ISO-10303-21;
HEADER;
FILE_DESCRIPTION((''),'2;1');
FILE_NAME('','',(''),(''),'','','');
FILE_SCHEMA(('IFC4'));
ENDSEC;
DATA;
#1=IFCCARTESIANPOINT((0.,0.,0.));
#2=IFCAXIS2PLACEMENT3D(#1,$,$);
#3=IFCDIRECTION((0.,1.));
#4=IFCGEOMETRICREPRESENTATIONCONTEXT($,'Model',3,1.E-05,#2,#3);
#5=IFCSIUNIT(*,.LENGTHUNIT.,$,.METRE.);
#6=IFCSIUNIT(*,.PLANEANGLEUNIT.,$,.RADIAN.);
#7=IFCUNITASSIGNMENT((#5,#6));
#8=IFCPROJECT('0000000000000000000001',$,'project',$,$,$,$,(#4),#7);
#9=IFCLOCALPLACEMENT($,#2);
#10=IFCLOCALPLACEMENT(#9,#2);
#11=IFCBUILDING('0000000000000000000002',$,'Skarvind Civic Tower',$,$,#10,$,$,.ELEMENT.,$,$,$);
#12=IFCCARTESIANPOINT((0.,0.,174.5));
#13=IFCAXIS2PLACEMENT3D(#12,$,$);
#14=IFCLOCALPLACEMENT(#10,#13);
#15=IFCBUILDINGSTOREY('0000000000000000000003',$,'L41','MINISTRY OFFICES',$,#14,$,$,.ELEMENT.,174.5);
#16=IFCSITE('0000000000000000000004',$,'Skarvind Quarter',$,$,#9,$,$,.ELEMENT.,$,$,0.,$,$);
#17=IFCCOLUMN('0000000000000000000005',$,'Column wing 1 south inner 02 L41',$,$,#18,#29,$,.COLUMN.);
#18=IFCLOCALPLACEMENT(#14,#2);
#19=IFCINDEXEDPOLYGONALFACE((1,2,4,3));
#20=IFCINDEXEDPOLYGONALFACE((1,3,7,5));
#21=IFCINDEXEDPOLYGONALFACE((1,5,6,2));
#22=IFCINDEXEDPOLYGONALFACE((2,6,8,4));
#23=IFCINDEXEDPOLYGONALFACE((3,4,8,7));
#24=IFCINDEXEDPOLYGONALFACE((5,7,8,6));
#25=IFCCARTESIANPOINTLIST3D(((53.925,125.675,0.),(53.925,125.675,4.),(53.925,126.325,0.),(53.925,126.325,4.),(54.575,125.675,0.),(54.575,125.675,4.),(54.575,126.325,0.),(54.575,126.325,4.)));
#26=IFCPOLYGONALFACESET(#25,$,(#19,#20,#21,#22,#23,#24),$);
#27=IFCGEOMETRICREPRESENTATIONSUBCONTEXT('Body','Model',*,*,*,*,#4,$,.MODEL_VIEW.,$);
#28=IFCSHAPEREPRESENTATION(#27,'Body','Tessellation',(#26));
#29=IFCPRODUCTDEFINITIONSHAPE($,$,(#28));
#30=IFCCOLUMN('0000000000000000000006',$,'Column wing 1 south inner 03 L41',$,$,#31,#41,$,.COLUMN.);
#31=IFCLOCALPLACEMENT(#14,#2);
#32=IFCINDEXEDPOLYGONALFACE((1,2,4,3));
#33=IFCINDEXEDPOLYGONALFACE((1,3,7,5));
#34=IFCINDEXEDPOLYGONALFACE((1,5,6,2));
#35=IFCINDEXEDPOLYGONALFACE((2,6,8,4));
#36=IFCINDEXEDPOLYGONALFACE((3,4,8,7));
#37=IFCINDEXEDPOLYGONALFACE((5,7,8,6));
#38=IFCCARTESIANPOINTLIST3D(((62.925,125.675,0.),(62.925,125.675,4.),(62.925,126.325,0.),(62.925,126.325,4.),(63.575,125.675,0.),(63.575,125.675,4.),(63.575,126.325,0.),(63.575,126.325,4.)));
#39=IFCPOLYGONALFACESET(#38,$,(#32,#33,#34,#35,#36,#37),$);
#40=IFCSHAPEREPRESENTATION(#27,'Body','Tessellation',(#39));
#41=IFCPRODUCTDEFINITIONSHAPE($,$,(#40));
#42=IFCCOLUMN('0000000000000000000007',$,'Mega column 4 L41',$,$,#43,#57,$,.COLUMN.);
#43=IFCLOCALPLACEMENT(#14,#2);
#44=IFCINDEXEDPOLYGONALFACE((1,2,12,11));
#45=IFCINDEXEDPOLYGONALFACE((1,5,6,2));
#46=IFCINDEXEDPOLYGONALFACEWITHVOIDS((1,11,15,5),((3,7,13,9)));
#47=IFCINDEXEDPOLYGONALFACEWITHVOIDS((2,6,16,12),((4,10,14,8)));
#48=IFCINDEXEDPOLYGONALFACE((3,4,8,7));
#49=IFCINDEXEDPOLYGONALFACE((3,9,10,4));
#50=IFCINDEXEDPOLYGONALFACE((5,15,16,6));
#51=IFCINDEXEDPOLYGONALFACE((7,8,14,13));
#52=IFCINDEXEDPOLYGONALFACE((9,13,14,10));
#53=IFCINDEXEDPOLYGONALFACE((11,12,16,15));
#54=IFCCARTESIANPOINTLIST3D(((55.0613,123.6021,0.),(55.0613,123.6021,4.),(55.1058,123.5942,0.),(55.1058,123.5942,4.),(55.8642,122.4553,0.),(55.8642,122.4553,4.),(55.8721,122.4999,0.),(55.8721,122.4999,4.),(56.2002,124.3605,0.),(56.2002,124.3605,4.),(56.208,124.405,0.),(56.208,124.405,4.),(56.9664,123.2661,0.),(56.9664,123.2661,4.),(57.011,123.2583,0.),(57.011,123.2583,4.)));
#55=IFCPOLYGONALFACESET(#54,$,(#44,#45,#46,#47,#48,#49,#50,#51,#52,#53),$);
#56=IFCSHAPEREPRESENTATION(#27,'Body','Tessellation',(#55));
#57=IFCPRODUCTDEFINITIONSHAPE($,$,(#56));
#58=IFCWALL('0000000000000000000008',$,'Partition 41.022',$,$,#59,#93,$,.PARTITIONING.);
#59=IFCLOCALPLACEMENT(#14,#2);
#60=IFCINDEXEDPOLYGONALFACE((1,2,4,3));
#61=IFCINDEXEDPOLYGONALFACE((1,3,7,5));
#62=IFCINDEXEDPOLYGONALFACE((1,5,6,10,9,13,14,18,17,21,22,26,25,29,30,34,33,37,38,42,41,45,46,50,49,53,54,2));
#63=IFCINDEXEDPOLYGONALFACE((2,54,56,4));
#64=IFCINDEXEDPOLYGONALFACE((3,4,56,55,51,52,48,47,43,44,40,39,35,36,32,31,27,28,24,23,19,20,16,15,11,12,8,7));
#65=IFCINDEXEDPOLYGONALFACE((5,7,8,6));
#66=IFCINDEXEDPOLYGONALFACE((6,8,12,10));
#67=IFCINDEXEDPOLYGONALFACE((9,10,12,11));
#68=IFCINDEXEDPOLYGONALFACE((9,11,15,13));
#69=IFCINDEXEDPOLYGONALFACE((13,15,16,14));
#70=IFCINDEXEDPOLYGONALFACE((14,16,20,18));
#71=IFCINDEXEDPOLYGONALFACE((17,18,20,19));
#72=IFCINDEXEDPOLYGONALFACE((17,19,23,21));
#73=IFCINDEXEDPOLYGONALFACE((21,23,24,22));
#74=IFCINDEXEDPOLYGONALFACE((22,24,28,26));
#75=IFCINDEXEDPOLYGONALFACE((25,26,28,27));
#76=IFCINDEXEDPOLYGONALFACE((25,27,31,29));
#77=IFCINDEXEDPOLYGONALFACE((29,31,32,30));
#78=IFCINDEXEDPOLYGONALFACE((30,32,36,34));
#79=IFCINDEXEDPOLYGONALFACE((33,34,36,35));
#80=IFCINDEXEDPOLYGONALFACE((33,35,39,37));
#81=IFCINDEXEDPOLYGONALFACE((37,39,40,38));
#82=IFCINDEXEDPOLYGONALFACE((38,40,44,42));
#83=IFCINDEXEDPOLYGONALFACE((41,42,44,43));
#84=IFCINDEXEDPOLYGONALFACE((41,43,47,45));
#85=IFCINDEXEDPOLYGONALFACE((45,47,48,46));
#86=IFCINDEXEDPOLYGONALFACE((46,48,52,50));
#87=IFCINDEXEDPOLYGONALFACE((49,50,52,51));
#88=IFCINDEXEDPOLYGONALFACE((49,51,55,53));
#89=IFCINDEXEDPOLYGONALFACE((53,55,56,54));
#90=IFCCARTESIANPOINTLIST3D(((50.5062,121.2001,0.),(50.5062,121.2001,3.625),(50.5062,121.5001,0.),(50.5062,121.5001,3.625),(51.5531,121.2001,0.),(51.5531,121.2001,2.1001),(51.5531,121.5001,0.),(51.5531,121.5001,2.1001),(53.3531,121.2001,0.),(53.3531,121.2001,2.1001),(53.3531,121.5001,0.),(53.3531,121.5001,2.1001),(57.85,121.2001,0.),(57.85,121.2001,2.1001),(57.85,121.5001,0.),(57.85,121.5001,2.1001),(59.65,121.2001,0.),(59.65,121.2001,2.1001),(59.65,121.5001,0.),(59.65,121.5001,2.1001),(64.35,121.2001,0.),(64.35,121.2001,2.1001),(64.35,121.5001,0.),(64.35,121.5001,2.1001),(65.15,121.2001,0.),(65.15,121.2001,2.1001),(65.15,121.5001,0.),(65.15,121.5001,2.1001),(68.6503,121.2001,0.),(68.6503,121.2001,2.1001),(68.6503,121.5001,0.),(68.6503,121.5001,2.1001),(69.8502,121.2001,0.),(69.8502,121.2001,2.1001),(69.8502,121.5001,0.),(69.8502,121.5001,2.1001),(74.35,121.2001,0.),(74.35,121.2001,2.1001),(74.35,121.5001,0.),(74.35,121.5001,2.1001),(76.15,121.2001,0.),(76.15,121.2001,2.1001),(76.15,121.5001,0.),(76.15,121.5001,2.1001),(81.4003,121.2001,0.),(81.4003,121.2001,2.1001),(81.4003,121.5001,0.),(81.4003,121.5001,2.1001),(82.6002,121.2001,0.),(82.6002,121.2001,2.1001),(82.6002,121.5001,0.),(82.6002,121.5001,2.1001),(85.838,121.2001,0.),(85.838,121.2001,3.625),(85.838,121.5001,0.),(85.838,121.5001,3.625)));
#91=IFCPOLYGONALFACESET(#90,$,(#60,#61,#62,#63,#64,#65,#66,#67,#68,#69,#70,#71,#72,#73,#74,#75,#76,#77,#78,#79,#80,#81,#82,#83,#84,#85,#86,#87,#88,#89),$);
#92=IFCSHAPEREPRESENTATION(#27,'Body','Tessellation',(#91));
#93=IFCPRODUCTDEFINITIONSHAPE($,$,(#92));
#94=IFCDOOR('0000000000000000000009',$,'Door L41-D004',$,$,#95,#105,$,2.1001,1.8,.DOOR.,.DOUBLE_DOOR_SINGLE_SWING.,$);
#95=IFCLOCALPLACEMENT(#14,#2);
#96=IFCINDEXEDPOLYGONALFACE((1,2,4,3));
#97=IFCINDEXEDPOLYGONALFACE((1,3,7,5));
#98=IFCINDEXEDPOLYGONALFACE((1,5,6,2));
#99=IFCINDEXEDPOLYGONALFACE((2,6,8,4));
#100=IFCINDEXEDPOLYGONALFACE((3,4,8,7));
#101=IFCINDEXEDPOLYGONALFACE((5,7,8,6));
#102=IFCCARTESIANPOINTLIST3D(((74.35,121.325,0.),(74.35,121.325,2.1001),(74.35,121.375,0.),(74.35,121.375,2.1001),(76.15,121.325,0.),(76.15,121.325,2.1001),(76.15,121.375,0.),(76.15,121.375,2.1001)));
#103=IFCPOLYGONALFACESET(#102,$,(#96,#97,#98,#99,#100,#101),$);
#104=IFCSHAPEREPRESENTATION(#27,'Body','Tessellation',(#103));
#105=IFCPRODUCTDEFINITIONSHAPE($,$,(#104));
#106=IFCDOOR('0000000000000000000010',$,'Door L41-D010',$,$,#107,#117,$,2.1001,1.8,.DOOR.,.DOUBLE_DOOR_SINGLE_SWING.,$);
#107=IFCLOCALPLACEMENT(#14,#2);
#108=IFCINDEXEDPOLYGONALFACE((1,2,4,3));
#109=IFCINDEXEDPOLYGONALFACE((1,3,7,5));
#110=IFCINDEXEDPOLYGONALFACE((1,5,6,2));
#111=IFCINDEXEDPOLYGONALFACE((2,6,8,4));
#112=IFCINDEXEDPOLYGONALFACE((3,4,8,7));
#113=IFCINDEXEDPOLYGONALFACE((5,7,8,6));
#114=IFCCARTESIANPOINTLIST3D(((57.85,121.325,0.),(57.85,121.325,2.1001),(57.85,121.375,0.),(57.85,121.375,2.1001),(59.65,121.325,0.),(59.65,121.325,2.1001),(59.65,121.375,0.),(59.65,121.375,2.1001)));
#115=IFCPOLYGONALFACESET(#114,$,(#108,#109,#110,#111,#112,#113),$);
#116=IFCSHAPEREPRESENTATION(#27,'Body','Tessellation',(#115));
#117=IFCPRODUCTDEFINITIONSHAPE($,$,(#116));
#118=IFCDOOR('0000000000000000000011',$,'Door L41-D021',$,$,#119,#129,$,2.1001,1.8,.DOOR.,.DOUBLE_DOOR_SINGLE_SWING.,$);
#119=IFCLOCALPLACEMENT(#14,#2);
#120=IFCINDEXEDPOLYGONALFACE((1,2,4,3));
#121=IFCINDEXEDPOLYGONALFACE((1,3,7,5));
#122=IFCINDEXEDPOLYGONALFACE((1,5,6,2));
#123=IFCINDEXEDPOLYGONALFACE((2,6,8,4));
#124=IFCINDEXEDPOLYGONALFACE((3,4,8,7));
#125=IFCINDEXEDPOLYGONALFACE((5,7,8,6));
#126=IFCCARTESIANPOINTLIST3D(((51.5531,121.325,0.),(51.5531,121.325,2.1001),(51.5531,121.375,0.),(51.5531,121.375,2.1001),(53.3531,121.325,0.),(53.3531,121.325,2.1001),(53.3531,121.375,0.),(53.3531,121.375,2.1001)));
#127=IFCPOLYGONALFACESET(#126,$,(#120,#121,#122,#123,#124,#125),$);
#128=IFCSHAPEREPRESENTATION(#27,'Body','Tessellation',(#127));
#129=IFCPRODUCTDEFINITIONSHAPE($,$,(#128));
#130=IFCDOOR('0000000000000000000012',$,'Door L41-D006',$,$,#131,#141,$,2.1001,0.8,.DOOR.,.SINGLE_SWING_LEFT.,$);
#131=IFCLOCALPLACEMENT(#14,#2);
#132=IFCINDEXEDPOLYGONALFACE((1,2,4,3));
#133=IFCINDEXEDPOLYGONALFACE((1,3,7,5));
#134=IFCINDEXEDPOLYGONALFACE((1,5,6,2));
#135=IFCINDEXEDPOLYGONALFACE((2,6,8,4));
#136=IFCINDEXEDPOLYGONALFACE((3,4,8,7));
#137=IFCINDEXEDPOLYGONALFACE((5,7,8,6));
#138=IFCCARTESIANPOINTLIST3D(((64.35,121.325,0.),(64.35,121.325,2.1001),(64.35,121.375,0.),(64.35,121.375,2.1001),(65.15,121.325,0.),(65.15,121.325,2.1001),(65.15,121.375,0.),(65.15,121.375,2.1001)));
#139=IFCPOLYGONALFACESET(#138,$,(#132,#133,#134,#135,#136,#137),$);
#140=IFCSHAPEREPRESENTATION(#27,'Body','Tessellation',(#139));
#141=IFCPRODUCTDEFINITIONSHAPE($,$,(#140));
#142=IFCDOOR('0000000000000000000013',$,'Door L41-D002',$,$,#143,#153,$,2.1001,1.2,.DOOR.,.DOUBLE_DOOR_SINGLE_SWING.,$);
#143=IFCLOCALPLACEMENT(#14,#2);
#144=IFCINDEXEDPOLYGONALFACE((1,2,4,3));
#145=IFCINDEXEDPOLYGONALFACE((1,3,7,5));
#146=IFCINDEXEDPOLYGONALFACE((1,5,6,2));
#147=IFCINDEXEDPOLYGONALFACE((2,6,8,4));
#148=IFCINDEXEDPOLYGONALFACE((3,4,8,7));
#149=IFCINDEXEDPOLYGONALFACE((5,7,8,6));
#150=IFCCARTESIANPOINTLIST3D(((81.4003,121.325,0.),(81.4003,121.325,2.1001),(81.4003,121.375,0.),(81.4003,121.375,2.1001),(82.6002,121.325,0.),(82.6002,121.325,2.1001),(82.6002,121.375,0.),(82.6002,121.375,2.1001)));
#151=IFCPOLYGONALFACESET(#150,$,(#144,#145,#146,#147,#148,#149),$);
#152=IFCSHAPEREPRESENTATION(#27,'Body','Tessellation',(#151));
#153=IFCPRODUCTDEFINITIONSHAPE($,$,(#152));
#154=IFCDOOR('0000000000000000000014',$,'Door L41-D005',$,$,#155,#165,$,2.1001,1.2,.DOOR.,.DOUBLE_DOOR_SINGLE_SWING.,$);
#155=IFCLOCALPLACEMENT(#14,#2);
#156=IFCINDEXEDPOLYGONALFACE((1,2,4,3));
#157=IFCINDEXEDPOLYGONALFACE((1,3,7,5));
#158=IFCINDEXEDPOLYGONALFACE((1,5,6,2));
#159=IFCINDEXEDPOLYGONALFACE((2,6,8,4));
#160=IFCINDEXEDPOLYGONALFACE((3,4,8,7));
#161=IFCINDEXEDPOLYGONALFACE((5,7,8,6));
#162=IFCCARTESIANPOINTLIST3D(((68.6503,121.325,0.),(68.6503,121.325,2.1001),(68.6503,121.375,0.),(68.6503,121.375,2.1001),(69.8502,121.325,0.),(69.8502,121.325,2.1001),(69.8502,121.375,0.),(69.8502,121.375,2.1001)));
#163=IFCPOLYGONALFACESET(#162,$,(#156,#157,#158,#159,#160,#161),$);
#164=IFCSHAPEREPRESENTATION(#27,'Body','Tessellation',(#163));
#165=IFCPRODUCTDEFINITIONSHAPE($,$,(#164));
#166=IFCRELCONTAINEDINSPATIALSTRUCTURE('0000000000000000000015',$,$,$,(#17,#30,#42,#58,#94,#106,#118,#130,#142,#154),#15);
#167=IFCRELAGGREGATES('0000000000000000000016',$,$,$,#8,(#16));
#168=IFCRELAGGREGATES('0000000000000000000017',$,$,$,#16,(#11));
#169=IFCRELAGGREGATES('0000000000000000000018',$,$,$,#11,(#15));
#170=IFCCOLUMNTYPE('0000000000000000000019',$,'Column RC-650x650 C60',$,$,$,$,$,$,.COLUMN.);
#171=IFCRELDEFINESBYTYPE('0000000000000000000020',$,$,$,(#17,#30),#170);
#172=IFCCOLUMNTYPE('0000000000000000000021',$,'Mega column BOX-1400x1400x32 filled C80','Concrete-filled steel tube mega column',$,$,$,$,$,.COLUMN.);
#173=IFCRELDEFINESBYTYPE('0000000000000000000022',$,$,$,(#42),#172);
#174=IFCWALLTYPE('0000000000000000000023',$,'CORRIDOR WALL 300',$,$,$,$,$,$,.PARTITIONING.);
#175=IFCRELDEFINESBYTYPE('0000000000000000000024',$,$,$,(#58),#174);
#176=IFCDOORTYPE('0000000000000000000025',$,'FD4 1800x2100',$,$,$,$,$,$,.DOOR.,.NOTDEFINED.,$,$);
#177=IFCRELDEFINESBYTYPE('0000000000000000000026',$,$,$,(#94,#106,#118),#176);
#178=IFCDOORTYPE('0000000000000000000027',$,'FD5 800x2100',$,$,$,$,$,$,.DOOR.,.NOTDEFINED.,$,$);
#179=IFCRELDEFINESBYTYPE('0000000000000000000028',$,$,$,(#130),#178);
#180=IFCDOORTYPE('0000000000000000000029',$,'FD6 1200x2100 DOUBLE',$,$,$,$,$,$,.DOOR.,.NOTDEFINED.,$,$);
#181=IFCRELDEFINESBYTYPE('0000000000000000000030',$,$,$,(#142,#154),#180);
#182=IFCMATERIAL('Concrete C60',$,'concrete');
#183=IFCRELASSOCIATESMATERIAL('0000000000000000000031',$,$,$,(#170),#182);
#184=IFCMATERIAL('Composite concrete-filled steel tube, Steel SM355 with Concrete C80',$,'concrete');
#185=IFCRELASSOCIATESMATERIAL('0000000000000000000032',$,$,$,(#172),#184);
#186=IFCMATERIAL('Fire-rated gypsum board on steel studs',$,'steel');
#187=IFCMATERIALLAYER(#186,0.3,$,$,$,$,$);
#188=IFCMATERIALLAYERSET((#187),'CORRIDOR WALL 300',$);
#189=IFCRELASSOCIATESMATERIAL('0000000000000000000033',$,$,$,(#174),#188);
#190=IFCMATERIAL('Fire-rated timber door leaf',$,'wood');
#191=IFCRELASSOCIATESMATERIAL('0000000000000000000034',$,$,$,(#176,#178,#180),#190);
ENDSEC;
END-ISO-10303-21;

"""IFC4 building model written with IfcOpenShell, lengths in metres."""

from ifc_helpers import new_model, si_unit, direction, frame, frame_2d, origin, origin_2d, place, context, subcontext, project, spatial, rectangle, hollow_rectangle, extrude, material, layer, layer_set, material_profile, profile_set, type_object, element, fill, save


model = new_model("IFC4")

# Units and contexts
model_context = context("Model", 3, precision=1e-05, world=origin(), true_north=direction((0.0, 1.0)))
body_context = subcontext(model_context, "Body", "Model", "MODEL_VIEW")
ifc_project = project(units=[si_unit("LENGTHUNIT", "METRE"), si_unit("PLANEANGLEUNIT", "RADIAN")], contexts=[model_context])

# Site, building, storey
site_placement = place(None, origin())
site = spatial("IfcSite", under=ifc_project, at=site_placement, Name="Skarvind Quarter", CompositionType="ELEMENT", RefElevation=0.0)
building_placement = place(site_placement, origin())
building = spatial("IfcBuilding", under=site, at=building_placement, Name="Skarvind Civic Tower", CompositionType="ELEMENT")
storey_placement = place(building_placement, frame((0.0, 0.0, 174.5)))
storey = spatial("IfcBuildingStorey", under=building, at=storey_placement, Name="L41", Description="MINISTRY OFFICES", CompositionType="ELEMENT", Elevation=174.5)

# Columns
ifc_material_1 = material(Name="Concrete C60", Category="concrete")
ifc_material_profile_1 = material_profile(ifc_material_1, rectangle(XDim=0.6499, YDim=0.6499, at=origin_2d()), Name="RC-650x650")
ifc_profile_set_1 = profile_set([ifc_material_profile_1], Name="Concrete C60")
column_type_1 = type_object("IfcColumnType", Name="Column RC-650x650 C60", PredefinedType="COLUMN", material=ifc_profile_set_1)
for number, where, z_axis, x_axis, name in (
    (1, (54.25, 126.0, 0.0), (0.0, 0.0, 1.0), (1.0, 0.0, 0.0), "Column wing 1 south inner 02 L41"),
    (2, (63.25, 126.0, 0.0), (0.0, 0.0, 1.0), (1.0, 0.0, 0.0), "Column wing 1 south inner 03 L41"),
):
    element("IfcColumn", number, at=place(storey_placement, frame(where, z_axis=z_axis, x_axis=x_axis)), inside=storey, type_object=column_type_1, Name=name, PredefinedType="COLUMN", context=body_context, shape_type="SweptSolid", body=[
        extrude(rectangle(XDim=0.6499, YDim=0.6499, at=origin_2d()), origin(), (0.0, 0.0, 1.0), 4.0),
    ])
ifc_material_2 = material(Name="Composite concrete-filled steel tube, Steel SM355 with Concrete C80", Category="concrete")
ifc_material_profile_2 = material_profile(ifc_material_2, hollow_rectangle(XDim=1.3999, YDim=1.3999, WallThickness=0.032, at=origin_2d()), Name="BOX-1400x1400x32")
ifc_profile_set_2 = profile_set([ifc_material_profile_2], Name="Composite concrete-filled steel tube, Steel SM355 with Concrete C80")
column_type_2 = type_object("IfcColumnType", Name="Mega column BOX-1400x1400x32 filled C80", Description="Concrete-filled steel tube mega column", PredefinedType="COLUMN", material=ifc_profile_set_2)
column_placement = place(storey_placement, frame((56.0361, 123.4302, 0.0), z_axis=(0.0, 0.0, 1.0), x_axis=(0.573576, -0.819152, 0.0)))
element("IfcColumn", 3, at=column_placement, inside=storey, type_object=column_type_2, Name="Mega column 4 L41", PredefinedType="COLUMN", context=body_context, shape_type="SweptSolid", body=[
    extrude(hollow_rectangle(XDim=1.3999, YDim=1.3999, WallThickness=0.032, at=origin_2d()), origin(), (0.0, 0.0, 1.0), 4.0),
])

# Wall, openings, doors
ifc_material_3 = material(Name="Fire-rated gypsum board on steel studs", Category="steel")
ifc_layer_1 = layer(ifc_material_3, 0.3)
ifc_layer_set_1 = layer_set([ifc_layer_1], Name="CORRIDOR WALL 300")
wall_type_1 = type_object("IfcWallType", Name="CORRIDOR WALL 300", PredefinedType="PARTITIONING", material=ifc_layer_set_1)
wall_1_placement = place(storey_placement, frame((50.5061, 121.3501, 0.0), z_axis=(0.0, 0.0, 1.0), x_axis=(1.0, 0.0, 0.0)))
wall_1 = element("IfcWall", 4, at=wall_1_placement, inside=storey, type_object=wall_type_1, Name="Partition 41.022", PredefinedType="PARTITIONING", context=body_context, shape_type="SweptSolid", body=[
    extrude(rectangle(XDim=35.3318, YDim=0.3, at=frame_2d((17.666, 0.0))), origin(), (0.0, 0.0, 1.0), 3.625),
])
opening_1_placement = place(wall_1_placement, frame((30.894, 0.0, 0.0)))
opening_1 = element("IfcOpeningElement", 5, at=opening_1_placement, cuts=wall_1, PredefinedType="OPENING", context=body_context, shape_type="SweptSolid", body=[
    extrude(rectangle(XDim=1.2, YDim=2.1001, at=frame_2d((0.6001, 1.05))), frame((0.0, 0.1599, 0.0), z_axis=(0.0, -1.0, 0.0), x_axis=(1.0, 0.0, 0.0)), (0.0, 0.0, 1.0), 0.3201),
])
opening_2_placement = place(wall_1_placement, frame((23.844, 0.0, 0.0)))
opening_2 = element("IfcOpeningElement", 6, at=opening_2_placement, cuts=wall_1, PredefinedType="OPENING", context=body_context, shape_type="SweptSolid", body=[
    extrude(rectangle(XDim=1.8, YDim=2.1001, at=frame_2d((0.8999, 1.05))), frame((0.0, 0.1599, 0.0), z_axis=(0.0, -1.0, 0.0), x_axis=(1.0, 0.0, 0.0)), (0.0, 0.0, 1.0), 0.3201),
])
opening_3_placement = place(wall_1_placement, frame((18.144, 0.0, 0.0)))
opening_3 = element("IfcOpeningElement", 7, at=opening_3_placement, cuts=wall_1, PredefinedType="OPENING", context=body_context, shape_type="SweptSolid", body=[
    extrude(rectangle(XDim=1.2, YDim=2.1001, at=frame_2d((0.6001, 1.05))), frame((0.0, 0.1599, 0.0), z_axis=(0.0, -1.0, 0.0), x_axis=(1.0, 0.0, 0.0)), (0.0, 0.0, 1.0), 0.3201),
])
opening_4_placement = place(wall_1_placement, frame((13.844, 0.0, 0.0)))
opening_4 = element("IfcOpeningElement", 8, at=opening_4_placement, cuts=wall_1, PredefinedType="OPENING", context=body_context, shape_type="SweptSolid", body=[
    extrude(rectangle(XDim=0.8, YDim=2.1001, at=frame_2d((0.3999, 1.05))), frame((0.0, 0.1599, 0.0), z_axis=(0.0, -1.0, 0.0), x_axis=(1.0, 0.0, 0.0)), (0.0, 0.0, 1.0), 0.3201),
])
opening_5_placement = place(wall_1_placement, frame((7.344, 0.0, 0.0)))
opening_5 = element("IfcOpeningElement", 9, at=opening_5_placement, cuts=wall_1, PredefinedType="OPENING", context=body_context, shape_type="SweptSolid", body=[
    extrude(rectangle(XDim=1.8, YDim=2.1001, at=frame_2d((0.8999, 1.05))), frame((0.0, 0.1599, 0.0), z_axis=(0.0, -1.0, 0.0), x_axis=(1.0, 0.0, 0.0)), (0.0, 0.0, 1.0), 0.3201),
])
opening_6_placement = place(wall_1_placement, frame((1.0471, 0.0, 0.0)))
opening_6 = element("IfcOpeningElement", 10, at=opening_6_placement, cuts=wall_1, PredefinedType="OPENING", context=body_context, shape_type="SweptSolid", body=[
    extrude(rectangle(XDim=1.8, YDim=2.1001, at=frame_2d((0.8999, 1.05))), frame((0.0, 0.1599, 0.0), z_axis=(0.0, -1.0, 0.0), x_axis=(1.0, 0.0, 0.0)), (0.0, 0.0, 1.0), 0.3201),
])
ifc_material_4 = material(Name="Fire-rated timber door leaf", Category="wood")
door_type_1 = type_object("IfcDoorType", Name="FD4 1800x2100", OperationType="NOTDEFINED", PredefinedType="DOOR", material=ifc_material_4)
door_1_placement = place(opening_2_placement, origin())
door_1 = element("IfcDoor", 11, at=door_1_placement, inside=storey, type_object=door_type_1, Name="Door L41-D004", OperationType="DOUBLE_DOOR_SINGLE_SWING", OverallHeight=2.1001, OverallWidth=1.8, PredefinedType="DOOR", context=body_context, shape_type="SweptSolid", body=[
    extrude(rectangle(XDim=1.8, YDim=2.1001, at=frame_2d((0.8999, 1.05))), frame((0.0, 0.0249, 0.0), z_axis=(0.0, -1.0, 0.0), x_axis=(1.0, 0.0, 0.0)), (0.0, 0.0, 1.0), 0.05),
])
fill(opening_2, door_1)
door_2_placement = place(opening_5_placement, origin())
door_2 = element("IfcDoor", 12, at=door_2_placement, inside=storey, type_object=door_type_1, Name="Door L41-D010", OperationType="DOUBLE_DOOR_SINGLE_SWING", OverallHeight=2.1001, OverallWidth=1.8, PredefinedType="DOOR", context=body_context, shape_type="SweptSolid", body=[
    extrude(rectangle(XDim=1.8, YDim=2.1001, at=frame_2d((0.8999, 1.05))), frame((0.0, 0.0249, 0.0), z_axis=(0.0, -1.0, 0.0), x_axis=(1.0, 0.0, 0.0)), (0.0, 0.0, 1.0), 0.05),
])
fill(opening_5, door_2)
door_3_placement = place(opening_6_placement, origin())
door_3 = element("IfcDoor", 13, at=door_3_placement, inside=storey, type_object=door_type_1, Name="Door L41-D021", OperationType="DOUBLE_DOOR_SINGLE_SWING", OverallHeight=2.1001, OverallWidth=1.8, PredefinedType="DOOR", context=body_context, shape_type="SweptSolid", body=[
    extrude(rectangle(XDim=1.8, YDim=2.1001, at=frame_2d((0.8999, 1.05))), frame((0.0, 0.0249, 0.0), z_axis=(0.0, -1.0, 0.0), x_axis=(1.0, 0.0, 0.0)), (0.0, 0.0, 1.0), 0.05),
])
fill(opening_6, door_3)
door_type_2 = type_object("IfcDoorType", Name="FD5 800x2100", OperationType="NOTDEFINED", PredefinedType="DOOR", material=ifc_material_4)
door_4_placement = place(opening_4_placement, origin())
door_4 = element("IfcDoor", 14, at=door_4_placement, inside=storey, type_object=door_type_2, Name="Door L41-D006", OperationType="SINGLE_SWING_LEFT", OverallHeight=2.1001, OverallWidth=0.8, PredefinedType="DOOR", context=body_context, shape_type="SweptSolid", body=[
    extrude(rectangle(XDim=0.8, YDim=2.1001, at=frame_2d((0.3999, 1.05))), frame((0.0, 0.0249, 0.0), z_axis=(0.0, -1.0, 0.0), x_axis=(1.0, 0.0, 0.0)), (0.0, 0.0, 1.0), 0.05),
])
fill(opening_4, door_4)
door_type_3 = type_object("IfcDoorType", Name="FD6 1200x2100 DOUBLE", OperationType="NOTDEFINED", PredefinedType="DOOR", material=ifc_material_4)
door_5_placement = place(opening_1_placement, origin())
door_5 = element("IfcDoor", 15, at=door_5_placement, inside=storey, type_object=door_type_3, Name="Door L41-D002", OperationType="DOUBLE_DOOR_SINGLE_SWING", OverallHeight=2.1001, OverallWidth=1.2, PredefinedType="DOOR", context=body_context, shape_type="SweptSolid", body=[
    extrude(rectangle(XDim=1.2, YDim=2.1001, at=frame_2d((0.6001, 1.05))), frame((0.0, 0.0249, 0.0), z_axis=(0.0, -1.0, 0.0), x_axis=(1.0, 0.0, 0.0)), (0.0, 0.0, 1.0), 0.05),
])
fill(opening_1, door_5)
door_6_placement = place(opening_3_placement, origin())
door_6 = element("IfcDoor", 16, at=door_6_placement, inside=storey, type_object=door_type_3, Name="Door L41-D005", OperationType="DOUBLE_DOOR_SINGLE_SWING", OverallHeight=2.1001, OverallWidth=1.2, PredefinedType="DOOR", context=body_context, shape_type="SweptSolid", body=[
    extrude(rectangle(XDim=1.2, YDim=2.1001, at=frame_2d((0.6001, 1.05))), frame((0.0, 0.0249, 0.0), z_axis=(0.0, -1.0, 0.0), x_axis=(1.0, 0.0, 0.0)), (0.0, 0.0, 1.0), 0.05),
])
fill(opening_3, door_6)

save(model, "model.ifc")
